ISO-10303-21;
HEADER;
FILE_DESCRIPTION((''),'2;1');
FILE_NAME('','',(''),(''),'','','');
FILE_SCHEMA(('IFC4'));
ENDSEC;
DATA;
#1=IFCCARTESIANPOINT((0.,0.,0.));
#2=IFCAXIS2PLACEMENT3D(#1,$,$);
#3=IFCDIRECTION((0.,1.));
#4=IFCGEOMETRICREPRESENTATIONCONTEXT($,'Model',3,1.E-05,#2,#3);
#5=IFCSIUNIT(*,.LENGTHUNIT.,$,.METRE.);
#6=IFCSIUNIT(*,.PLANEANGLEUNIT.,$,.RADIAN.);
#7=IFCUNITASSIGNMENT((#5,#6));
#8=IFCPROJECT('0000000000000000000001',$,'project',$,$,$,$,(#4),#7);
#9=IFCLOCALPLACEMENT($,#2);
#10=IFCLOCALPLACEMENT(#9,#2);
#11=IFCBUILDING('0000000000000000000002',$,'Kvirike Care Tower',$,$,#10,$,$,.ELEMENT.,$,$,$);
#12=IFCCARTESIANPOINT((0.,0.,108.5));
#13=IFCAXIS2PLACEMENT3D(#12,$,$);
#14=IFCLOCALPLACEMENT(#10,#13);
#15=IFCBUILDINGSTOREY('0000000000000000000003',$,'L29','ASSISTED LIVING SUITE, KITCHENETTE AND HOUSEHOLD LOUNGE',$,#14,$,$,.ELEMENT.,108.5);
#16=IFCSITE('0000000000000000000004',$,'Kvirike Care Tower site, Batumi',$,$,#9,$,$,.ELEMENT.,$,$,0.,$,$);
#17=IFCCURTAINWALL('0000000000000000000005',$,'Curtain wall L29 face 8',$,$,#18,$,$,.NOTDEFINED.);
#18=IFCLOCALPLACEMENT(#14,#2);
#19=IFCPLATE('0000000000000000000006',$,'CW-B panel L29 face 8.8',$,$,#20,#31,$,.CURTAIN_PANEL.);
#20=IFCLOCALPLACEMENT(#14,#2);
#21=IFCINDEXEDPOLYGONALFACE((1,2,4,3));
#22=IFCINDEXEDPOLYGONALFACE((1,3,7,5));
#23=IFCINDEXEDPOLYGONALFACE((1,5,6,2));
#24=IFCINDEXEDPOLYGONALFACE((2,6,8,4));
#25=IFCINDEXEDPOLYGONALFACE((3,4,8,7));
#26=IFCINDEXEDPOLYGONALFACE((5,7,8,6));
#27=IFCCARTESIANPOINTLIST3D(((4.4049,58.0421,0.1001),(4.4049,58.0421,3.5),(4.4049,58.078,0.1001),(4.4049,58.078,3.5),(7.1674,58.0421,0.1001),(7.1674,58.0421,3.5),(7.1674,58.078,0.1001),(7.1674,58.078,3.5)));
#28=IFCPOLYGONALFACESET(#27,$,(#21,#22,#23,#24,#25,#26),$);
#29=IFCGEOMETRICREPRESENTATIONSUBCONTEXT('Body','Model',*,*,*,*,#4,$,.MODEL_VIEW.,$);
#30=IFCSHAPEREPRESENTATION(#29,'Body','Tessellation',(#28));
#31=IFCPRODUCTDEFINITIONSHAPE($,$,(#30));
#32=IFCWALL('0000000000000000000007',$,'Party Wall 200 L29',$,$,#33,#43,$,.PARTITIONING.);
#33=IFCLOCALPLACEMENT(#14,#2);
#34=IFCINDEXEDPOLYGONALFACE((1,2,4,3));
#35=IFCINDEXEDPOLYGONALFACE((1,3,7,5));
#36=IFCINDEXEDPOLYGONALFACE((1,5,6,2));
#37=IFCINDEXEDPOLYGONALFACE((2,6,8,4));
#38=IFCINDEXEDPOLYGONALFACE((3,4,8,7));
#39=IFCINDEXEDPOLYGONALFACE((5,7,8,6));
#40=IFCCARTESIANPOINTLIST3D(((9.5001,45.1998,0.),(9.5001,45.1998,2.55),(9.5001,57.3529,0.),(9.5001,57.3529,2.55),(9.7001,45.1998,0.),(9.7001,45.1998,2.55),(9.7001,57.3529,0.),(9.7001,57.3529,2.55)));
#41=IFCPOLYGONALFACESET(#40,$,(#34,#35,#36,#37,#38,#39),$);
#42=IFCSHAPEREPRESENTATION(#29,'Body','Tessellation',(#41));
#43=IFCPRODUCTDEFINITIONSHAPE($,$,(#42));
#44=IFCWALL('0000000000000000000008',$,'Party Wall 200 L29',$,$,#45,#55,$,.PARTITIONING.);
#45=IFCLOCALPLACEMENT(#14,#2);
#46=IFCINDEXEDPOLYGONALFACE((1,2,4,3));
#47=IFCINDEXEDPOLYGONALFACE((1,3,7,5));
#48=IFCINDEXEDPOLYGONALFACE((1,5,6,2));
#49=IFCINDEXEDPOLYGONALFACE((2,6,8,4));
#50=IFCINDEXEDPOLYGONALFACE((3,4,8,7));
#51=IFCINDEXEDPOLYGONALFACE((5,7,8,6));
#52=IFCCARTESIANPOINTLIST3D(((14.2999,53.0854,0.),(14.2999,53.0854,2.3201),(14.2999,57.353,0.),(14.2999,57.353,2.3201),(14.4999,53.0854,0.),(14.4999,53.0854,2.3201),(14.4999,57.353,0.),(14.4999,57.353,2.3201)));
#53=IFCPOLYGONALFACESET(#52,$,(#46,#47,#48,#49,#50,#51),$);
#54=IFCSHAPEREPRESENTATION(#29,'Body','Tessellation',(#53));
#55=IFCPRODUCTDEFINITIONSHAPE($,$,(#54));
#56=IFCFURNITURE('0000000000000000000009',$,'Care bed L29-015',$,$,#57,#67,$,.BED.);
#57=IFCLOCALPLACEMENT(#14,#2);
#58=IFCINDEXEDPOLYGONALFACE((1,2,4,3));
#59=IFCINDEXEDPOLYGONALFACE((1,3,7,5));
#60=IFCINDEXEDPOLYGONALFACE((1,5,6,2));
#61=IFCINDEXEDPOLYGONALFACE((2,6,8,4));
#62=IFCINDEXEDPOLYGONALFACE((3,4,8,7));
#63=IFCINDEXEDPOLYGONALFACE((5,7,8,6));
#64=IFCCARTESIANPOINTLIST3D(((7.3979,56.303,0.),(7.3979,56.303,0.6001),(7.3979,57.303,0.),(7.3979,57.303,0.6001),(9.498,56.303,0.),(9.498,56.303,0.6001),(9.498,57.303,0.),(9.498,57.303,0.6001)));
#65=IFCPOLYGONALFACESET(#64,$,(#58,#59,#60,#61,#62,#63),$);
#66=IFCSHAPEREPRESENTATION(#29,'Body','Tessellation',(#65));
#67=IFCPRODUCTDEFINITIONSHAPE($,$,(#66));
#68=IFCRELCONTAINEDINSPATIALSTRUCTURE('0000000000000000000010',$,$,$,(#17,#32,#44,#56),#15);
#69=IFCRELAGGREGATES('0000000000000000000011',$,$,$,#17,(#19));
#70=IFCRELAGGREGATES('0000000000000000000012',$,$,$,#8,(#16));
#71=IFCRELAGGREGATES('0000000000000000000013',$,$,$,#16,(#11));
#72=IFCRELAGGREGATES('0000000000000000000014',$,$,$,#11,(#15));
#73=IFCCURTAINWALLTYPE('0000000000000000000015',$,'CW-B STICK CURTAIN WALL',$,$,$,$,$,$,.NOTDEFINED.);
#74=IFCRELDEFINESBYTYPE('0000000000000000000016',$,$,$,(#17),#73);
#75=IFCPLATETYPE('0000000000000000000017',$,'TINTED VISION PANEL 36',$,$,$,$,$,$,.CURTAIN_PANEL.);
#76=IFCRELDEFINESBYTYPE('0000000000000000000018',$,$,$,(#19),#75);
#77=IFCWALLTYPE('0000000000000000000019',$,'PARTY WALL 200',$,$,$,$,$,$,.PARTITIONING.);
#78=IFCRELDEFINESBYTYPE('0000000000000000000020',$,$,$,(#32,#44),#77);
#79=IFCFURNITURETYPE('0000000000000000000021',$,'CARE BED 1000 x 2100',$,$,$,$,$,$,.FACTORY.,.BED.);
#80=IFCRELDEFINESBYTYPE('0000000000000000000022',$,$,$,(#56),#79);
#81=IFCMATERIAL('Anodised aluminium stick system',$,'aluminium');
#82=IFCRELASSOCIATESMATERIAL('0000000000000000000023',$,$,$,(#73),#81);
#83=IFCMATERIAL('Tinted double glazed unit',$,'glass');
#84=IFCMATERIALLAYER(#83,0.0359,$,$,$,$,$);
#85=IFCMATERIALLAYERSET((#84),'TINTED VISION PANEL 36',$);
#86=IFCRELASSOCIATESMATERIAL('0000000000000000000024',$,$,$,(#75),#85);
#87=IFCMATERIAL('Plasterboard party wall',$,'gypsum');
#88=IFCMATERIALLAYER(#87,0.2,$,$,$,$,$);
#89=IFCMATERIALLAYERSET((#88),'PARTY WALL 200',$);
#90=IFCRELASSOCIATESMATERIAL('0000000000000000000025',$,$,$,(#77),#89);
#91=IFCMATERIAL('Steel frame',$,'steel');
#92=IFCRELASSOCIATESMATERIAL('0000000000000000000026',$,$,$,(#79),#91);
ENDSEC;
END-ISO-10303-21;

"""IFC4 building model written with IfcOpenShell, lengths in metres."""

from ifc_helpers import new_model, si_unit, direction, frame, frame_2d, origin, origin_2d, place, context, subcontext, project, spatial, rectangle, extrude, material, layer, layer_set, type_object, element, aggregate, save


model = new_model("IFC4")

# Units and contexts
model_context = context("Model", 3, precision=1e-05, world=origin(), true_north=direction((0.0, 1.0)))
body_context = subcontext(model_context, "Body", "Model", "MODEL_VIEW")
ifc_project = project(units=[si_unit("LENGTHUNIT", "METRE"), si_unit("PLANEANGLEUNIT", "RADIAN")], contexts=[model_context])

# Site, building, storey
site_placement = place(None, origin())
site = spatial("IfcSite", under=ifc_project, at=site_placement, Name="Kvirike Care Tower site, Batumi", CompositionType="ELEMENT", RefElevation=0.0)
building_placement = place(site_placement, origin())
building = spatial("IfcBuilding", under=site, at=building_placement, Name="Kvirike Care Tower", CompositionType="ELEMENT")
storey_placement = place(building_placement, frame((0.0, 0.0, 108.5)))
storey = spatial("IfcBuildingStorey", under=building, at=storey_placement, Name="L29", Description="ASSISTED LIVING SUITE, KITCHENETTE AND HOUSEHOLD LOUNGE", CompositionType="ELEMENT", Elevation=108.5)

# Curtain wall
ifc_material_1 = material(Name="Anodised aluminium stick system", Category="aluminium")
curtain_wall_type = type_object("IfcCurtainWallType", Name="CW-B STICK CURTAIN WALL", PredefinedType="NOTDEFINED", material=ifc_material_1)
curtain_wall_placement = place(storey_placement, origin())
curtain_wall = element("IfcCurtainWall", 1, at=curtain_wall_placement, inside=storey, type_object=curtain_wall_type, Name="Curtain wall L29 face 8", PredefinedType="NOTDEFINED")

# Plate
ifc_material_2 = material(Name="Tinted double glazed unit", Category="glass")
ifc_layer_1 = layer(ifc_material_2, 0.0359)
ifc_layer_set_1 = layer_set([ifc_layer_1], Name="TINTED VISION PANEL 36")
plate_type = type_object("IfcPlateType", Name="TINTED VISION PANEL 36", PredefinedType="CURTAIN_PANEL", material=ifc_layer_set_1)
plate_1_placement = place(storey_placement, frame((5.7861, 58.0601, 0.1001), z_axis=(0.0, 0.0, 1.0), x_axis=(-1.0, 0.0, 0.0)))
plate_1 = element("IfcPlate", 2, at=plate_1_placement, type_object=plate_type, Name="CW-B panel L29 face 8.8", PredefinedType="CURTAIN_PANEL", context=body_context, shape_type="SweptSolid", body=[
    extrude(rectangle(XDim=2.7625, YDim=0.0359, at=origin_2d()), origin(), (0.0, 0.0, 1.0), 3.3999),
])
aggregate(curtain_wall, [plate_1])

# Walls
ifc_material_3 = material(Name="Plasterboard party wall", Category="gypsum")
ifc_layer_2 = layer(ifc_material_3, 0.2)
ifc_layer_set_2 = layer_set([ifc_layer_2], Name="PARTY WALL 200")
wall_type = type_object("IfcWallType", Name="PARTY WALL 200", PredefinedType="PARTITIONING", material=ifc_layer_set_2)
wall_1_placement = place(storey_placement, frame((9.6001, 57.353, 0.0), z_axis=(0.0, 0.0, 1.0), x_axis=(0.0, -1.0, 0.0)))
element("IfcWall", 3, at=wall_1_placement, inside=storey, type_object=wall_type, Name="Party Wall 200 L29", PredefinedType="PARTITIONING", context=body_context, shape_type="SweptSolid", body=[
    extrude(rectangle(XDim=12.1531, YDim=0.2, at=frame_2d((6.0767, 0.0))), origin(), (0.0, 0.0, 1.0), 2.55),
])
wall_2_placement = place(storey_placement, frame((14.3999, 53.0854, 0.0), z_axis=(0.0, 0.0, 1.0), x_axis=(0.0, 1.0, 0.0)))
element("IfcWall", 4, at=wall_2_placement, inside=storey, type_object=wall_type, Name="Party Wall 200 L29", PredefinedType="PARTITIONING", context=body_context, shape_type="SweptSolid", body=[
    extrude(rectangle(XDim=4.2676, YDim=0.2, at=frame_2d((2.1338, 0.0))), origin(), (0.0, 0.0, 1.0), 2.3201),
])

# Furniture
ifc_material_4 = material(Name="Steel frame", Category="steel")
furniture_type = type_object("IfcFurnitureType", Name="CARE BED 1000 x 2100", AssemblyPlace="FACTORY", PredefinedType="BED", material=ifc_material_4)
furniture_placement = place(storey_placement, frame((8.448, 56.803, 0.0), z_axis=(0.0, 0.0, 1.0), x_axis=(0.0, -1.0, 0.0)))
element("IfcFurniture", 5, at=furniture_placement, inside=storey, type_object=furniture_type, Name="Care bed L29-015", PredefinedType="BED", context=body_context, shape_type="SweptSolid", body=[
    extrude(rectangle(XDim=1.0, YDim=2.1001, at=origin_2d()), origin(), (0.0, 0.0, 1.0), 0.6001),
])

save(model, "model.ifc")
